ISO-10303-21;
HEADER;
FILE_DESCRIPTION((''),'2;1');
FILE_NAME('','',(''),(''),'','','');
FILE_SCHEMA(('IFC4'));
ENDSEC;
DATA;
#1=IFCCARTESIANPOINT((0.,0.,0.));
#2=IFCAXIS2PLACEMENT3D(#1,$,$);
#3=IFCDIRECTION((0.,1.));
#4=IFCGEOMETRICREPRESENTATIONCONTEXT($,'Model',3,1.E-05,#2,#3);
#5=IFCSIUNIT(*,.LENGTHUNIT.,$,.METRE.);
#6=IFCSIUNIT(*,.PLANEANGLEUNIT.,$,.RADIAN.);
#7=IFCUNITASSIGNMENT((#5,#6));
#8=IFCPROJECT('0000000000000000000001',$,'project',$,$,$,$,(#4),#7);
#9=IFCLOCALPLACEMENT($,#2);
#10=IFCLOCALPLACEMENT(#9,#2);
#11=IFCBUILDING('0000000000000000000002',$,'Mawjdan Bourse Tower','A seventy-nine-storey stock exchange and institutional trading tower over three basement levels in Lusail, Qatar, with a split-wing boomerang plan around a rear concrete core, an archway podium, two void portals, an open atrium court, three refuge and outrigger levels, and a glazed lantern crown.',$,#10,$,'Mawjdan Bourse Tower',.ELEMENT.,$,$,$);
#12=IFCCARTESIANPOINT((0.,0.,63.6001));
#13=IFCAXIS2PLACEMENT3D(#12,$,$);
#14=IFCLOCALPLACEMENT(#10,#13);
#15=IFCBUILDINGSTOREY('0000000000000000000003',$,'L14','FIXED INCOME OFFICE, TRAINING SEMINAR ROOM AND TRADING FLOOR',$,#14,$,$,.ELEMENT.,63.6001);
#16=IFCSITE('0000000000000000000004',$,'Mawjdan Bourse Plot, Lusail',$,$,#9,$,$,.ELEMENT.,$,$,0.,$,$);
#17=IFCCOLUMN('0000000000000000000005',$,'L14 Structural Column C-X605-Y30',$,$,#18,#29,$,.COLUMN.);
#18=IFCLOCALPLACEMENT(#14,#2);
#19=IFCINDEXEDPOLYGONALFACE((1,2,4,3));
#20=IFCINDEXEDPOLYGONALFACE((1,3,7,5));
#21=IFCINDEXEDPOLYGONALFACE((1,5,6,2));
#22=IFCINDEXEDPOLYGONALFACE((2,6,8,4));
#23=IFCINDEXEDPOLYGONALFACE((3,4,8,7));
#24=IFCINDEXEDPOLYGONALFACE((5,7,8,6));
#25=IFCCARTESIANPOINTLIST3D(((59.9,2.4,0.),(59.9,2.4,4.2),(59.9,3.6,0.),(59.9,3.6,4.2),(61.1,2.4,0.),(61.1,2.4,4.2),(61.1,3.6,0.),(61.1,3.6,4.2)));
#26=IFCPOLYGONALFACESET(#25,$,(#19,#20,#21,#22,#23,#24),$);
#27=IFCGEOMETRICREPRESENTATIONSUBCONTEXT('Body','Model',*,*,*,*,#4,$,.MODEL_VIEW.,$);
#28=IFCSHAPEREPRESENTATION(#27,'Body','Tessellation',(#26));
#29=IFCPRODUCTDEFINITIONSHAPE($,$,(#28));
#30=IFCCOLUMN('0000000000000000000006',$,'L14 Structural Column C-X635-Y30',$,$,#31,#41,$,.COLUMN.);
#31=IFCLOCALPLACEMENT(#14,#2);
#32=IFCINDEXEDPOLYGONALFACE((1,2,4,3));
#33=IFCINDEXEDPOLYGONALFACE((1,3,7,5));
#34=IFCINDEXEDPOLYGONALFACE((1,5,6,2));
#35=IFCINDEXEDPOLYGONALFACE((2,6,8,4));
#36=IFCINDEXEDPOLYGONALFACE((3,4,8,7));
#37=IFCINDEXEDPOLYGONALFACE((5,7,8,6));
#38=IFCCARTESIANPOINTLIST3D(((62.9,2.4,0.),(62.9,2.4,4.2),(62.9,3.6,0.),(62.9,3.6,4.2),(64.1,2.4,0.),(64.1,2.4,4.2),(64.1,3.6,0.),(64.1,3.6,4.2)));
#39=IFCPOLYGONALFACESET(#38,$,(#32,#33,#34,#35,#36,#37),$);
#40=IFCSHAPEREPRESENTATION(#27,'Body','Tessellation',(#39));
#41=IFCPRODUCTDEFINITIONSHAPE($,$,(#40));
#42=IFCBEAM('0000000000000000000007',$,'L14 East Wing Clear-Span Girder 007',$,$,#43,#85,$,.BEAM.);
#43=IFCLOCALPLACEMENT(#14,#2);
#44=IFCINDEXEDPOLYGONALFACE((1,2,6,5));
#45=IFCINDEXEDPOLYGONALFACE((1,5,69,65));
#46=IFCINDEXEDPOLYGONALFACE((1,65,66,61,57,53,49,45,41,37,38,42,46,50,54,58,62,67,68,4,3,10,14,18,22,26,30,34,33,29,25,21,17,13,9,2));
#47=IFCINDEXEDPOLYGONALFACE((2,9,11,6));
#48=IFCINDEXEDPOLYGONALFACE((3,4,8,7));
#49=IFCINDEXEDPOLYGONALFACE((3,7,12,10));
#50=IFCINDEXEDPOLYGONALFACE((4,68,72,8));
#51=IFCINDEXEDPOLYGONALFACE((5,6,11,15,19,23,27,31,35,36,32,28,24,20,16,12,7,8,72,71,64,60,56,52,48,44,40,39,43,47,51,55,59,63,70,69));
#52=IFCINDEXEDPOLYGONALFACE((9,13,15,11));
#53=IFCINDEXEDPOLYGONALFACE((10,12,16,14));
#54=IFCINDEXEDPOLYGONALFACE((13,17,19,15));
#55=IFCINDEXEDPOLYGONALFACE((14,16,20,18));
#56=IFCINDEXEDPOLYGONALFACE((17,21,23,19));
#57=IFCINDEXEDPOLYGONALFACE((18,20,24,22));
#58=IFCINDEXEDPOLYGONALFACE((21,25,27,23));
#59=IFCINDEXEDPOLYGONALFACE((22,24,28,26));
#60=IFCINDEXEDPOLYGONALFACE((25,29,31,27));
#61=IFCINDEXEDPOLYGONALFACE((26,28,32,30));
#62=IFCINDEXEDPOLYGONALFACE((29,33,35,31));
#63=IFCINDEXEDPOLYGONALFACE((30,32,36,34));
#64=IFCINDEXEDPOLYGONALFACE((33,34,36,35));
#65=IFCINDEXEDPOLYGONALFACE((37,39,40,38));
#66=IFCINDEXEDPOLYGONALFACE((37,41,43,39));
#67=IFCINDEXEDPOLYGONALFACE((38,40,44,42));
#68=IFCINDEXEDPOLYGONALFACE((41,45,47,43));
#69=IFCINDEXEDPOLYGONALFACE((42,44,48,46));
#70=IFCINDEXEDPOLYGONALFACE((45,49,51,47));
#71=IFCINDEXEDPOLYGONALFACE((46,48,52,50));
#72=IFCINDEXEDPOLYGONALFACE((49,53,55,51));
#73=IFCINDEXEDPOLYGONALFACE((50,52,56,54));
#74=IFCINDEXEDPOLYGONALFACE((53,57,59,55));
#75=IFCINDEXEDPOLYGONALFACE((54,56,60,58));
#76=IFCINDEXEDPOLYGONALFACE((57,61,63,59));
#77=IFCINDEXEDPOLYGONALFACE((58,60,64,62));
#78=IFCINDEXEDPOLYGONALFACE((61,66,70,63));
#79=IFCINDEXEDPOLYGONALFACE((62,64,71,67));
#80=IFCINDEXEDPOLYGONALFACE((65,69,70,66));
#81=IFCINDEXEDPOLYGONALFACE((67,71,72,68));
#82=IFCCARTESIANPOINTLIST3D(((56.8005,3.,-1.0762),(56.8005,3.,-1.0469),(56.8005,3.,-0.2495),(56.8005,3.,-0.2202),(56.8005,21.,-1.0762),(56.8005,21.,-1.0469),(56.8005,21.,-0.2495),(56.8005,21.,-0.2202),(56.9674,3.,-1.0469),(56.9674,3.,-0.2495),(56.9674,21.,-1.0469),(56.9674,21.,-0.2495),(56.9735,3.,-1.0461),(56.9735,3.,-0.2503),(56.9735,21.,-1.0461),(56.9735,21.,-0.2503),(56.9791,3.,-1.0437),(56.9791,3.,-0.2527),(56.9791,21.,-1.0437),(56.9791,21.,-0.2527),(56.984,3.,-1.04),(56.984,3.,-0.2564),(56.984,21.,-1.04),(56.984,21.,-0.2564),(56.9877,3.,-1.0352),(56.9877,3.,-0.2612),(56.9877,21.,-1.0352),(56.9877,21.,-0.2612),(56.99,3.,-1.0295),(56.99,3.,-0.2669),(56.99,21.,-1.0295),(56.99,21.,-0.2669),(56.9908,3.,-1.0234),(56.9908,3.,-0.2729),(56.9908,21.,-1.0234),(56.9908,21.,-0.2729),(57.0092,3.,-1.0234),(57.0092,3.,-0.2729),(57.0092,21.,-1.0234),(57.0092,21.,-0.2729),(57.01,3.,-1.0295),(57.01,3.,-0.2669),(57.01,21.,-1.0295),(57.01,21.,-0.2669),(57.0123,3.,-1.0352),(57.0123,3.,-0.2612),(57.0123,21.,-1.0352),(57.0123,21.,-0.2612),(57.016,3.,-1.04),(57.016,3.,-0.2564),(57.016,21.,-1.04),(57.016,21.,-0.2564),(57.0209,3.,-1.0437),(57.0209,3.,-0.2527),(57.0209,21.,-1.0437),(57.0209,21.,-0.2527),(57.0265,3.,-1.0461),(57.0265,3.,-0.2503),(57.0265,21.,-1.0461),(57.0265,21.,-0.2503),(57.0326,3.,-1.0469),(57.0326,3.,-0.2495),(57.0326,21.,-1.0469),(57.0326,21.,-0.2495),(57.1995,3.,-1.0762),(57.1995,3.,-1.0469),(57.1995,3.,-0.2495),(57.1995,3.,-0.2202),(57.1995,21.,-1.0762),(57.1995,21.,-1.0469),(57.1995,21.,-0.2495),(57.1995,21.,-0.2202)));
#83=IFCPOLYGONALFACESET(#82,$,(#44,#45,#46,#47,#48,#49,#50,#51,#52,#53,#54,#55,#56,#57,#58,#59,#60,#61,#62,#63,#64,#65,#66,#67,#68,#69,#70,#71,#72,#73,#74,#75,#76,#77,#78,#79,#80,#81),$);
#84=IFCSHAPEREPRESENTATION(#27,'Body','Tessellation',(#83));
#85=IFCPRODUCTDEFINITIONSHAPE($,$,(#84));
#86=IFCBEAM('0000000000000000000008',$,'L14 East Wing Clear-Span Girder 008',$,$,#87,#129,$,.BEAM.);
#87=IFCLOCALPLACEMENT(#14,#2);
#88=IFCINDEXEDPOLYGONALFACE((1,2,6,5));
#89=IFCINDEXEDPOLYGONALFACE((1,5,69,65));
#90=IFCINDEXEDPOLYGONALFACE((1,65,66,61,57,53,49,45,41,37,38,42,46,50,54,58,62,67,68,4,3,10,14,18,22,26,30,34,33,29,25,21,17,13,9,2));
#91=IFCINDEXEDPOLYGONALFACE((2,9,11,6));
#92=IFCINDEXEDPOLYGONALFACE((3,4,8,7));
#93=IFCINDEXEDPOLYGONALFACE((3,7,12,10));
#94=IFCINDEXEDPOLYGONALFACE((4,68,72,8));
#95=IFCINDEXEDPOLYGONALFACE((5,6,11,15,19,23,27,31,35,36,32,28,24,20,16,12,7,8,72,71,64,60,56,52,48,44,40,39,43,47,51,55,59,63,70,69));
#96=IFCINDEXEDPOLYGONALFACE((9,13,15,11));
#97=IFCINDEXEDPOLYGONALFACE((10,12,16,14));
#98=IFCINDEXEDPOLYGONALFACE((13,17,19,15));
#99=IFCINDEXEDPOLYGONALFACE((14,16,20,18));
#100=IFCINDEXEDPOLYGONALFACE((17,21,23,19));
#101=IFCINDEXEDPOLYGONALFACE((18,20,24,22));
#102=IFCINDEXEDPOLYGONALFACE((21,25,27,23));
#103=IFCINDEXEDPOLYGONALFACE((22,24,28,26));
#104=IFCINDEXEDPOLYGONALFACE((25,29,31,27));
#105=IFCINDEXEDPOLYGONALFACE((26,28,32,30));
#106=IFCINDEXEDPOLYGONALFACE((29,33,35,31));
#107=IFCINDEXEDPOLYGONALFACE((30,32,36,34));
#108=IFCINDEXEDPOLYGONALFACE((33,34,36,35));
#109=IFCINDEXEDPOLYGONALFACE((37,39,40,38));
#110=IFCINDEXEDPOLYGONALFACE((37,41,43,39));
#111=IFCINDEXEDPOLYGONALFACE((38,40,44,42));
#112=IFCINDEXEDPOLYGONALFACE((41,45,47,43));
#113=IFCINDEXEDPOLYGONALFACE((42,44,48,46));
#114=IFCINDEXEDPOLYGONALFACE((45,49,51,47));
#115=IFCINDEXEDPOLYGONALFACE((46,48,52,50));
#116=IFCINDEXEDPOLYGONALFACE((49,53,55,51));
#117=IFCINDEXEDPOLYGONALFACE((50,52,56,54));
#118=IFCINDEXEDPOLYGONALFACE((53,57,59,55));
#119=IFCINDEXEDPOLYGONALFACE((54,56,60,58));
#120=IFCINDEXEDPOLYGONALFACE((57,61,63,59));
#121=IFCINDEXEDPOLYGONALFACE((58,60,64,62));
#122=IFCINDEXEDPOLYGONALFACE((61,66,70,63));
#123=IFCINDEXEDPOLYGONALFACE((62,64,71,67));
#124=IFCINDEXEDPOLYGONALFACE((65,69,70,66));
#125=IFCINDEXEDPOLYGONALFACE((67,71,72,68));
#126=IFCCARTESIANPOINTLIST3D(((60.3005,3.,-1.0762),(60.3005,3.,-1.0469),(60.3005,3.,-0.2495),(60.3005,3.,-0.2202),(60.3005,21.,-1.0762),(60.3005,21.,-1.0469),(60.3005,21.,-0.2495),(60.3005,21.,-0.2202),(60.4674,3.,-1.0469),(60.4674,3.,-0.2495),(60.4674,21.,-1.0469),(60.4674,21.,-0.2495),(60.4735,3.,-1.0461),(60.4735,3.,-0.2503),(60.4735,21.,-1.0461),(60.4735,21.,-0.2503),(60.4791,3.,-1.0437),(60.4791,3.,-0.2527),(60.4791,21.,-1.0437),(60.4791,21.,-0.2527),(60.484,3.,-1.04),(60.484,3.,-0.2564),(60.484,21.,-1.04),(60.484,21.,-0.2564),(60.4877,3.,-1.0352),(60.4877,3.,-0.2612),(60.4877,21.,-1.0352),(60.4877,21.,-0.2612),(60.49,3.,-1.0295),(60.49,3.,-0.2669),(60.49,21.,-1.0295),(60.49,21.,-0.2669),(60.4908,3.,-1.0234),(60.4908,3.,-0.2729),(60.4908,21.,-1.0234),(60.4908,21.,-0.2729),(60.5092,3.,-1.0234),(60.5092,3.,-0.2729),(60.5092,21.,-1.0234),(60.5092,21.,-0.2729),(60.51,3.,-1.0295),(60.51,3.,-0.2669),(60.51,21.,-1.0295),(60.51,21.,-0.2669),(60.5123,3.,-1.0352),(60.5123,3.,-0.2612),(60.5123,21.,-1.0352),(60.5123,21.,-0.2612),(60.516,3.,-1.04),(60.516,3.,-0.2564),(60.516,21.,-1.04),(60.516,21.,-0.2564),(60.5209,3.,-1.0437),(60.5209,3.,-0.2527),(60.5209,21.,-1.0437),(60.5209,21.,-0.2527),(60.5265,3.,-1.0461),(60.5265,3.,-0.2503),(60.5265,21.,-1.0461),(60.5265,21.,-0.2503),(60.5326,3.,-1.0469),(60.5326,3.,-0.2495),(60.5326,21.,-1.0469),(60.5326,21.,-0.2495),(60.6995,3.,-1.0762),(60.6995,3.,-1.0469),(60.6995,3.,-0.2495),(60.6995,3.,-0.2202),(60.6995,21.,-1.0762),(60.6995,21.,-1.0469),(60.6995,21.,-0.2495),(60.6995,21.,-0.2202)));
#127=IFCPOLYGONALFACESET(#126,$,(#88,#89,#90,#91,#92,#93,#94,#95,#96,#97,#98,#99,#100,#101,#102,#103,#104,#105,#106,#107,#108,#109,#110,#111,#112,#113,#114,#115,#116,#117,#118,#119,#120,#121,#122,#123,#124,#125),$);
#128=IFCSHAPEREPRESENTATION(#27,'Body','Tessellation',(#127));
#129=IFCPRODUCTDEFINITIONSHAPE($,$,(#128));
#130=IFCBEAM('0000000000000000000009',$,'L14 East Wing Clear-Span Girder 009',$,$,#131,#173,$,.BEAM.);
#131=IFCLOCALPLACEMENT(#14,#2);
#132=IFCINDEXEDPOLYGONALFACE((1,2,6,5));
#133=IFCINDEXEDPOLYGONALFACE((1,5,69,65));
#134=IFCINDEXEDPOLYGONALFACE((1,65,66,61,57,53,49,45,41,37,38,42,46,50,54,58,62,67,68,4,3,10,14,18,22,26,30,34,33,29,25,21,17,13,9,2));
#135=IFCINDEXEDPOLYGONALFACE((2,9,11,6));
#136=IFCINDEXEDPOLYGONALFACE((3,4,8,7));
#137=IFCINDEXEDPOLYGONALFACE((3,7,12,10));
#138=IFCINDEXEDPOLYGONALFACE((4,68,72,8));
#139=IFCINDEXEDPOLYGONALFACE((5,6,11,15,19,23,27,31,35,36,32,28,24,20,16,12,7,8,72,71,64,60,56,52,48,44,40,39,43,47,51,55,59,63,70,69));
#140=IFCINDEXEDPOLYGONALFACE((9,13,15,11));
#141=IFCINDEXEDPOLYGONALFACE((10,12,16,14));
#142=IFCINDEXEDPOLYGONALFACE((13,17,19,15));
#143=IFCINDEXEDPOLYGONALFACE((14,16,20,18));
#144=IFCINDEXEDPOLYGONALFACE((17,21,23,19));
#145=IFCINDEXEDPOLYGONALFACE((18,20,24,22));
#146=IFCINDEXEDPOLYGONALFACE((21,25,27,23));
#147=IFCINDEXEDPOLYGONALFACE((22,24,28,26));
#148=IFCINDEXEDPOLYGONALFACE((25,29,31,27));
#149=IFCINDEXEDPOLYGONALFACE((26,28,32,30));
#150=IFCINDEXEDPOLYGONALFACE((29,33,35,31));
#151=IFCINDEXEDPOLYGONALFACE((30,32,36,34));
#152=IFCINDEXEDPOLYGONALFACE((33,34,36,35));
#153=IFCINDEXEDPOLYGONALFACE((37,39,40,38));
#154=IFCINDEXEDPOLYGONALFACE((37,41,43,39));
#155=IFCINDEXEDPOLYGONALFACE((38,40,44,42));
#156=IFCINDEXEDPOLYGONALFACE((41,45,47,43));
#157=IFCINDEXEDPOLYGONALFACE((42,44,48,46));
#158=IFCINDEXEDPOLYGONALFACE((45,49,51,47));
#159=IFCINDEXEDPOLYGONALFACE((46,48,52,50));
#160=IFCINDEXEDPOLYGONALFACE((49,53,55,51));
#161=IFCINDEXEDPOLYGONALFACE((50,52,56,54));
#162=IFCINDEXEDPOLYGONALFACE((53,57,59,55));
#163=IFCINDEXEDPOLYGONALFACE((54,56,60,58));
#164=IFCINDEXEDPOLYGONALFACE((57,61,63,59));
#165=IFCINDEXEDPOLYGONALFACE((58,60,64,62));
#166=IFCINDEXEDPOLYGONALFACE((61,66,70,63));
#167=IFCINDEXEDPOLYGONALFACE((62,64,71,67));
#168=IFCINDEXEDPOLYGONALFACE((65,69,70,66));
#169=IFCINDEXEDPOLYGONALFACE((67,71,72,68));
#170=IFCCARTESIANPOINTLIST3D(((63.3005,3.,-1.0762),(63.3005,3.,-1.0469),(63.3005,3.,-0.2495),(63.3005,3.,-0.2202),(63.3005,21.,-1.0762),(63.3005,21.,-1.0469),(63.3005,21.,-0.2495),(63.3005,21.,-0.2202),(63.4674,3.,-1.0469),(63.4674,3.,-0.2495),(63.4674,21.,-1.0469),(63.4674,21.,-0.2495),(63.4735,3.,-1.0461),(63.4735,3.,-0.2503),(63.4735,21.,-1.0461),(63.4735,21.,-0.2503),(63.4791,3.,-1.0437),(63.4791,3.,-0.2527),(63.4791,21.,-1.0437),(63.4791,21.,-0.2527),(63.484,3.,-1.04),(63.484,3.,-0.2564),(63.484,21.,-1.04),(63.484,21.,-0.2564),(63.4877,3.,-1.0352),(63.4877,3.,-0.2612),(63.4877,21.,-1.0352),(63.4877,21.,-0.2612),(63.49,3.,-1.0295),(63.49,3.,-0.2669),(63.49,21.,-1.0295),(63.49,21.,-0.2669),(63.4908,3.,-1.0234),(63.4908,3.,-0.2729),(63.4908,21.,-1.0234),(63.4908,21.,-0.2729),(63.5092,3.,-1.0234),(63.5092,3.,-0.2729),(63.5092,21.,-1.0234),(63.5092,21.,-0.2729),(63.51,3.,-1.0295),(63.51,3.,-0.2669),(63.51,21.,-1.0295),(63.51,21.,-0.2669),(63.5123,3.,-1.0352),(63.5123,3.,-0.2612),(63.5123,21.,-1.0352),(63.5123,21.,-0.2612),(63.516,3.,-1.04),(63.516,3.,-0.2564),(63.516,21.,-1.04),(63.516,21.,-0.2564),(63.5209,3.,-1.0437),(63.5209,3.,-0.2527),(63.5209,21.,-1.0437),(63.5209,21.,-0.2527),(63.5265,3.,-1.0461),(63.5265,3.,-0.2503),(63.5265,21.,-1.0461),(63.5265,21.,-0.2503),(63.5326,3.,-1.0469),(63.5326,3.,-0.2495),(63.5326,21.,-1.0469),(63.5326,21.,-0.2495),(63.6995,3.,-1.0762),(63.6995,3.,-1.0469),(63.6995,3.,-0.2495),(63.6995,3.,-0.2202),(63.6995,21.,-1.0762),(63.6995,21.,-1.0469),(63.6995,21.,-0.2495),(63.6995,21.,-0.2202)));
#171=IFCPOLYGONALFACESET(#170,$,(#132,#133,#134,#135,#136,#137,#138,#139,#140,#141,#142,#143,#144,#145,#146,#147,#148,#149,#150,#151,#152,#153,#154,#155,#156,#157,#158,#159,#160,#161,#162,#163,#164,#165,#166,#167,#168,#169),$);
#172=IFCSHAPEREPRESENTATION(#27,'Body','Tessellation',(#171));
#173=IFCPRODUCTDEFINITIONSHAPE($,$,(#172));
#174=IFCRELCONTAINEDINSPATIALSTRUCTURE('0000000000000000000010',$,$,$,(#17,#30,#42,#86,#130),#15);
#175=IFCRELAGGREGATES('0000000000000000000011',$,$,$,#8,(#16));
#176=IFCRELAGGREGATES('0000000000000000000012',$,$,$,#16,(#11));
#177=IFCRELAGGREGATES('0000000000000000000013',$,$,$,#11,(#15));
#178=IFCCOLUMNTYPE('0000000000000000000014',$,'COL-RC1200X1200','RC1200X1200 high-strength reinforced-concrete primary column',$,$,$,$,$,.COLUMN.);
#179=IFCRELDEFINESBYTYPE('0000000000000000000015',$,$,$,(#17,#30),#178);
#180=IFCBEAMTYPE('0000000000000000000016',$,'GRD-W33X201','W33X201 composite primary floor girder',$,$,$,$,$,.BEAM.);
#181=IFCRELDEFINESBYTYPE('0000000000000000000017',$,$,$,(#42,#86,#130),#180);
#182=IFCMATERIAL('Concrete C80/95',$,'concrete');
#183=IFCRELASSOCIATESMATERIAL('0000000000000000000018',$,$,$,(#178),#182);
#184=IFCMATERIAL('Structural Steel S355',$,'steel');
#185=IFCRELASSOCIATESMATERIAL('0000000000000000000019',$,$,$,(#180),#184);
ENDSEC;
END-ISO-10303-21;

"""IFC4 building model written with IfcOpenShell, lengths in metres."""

from ifc_helpers import new_model, si_unit, direction, frame, origin, origin_2d, place, context, subcontext, project, spatial, rectangle, i_section, extrude, material, material_profile, profile_set, type_object, element, save


model = new_model("IFC4")

# Units and contexts
model_context = context("Model", 3, precision=1e-05, world=origin(), true_north=direction((0.0, 1.0)))
body_context = subcontext(model_context, "Body", "Model", "MODEL_VIEW")
ifc_project = project(units=[si_unit("LENGTHUNIT", "METRE"), si_unit("PLANEANGLEUNIT", "RADIAN")], contexts=[model_context])

# Site, building, storey
site_placement = place(None, origin())
site = spatial("IfcSite", under=ifc_project, at=site_placement, Name="Mawjdan Bourse Plot, Lusail", CompositionType="ELEMENT", RefElevation=0.0)
building_placement = place(site_placement, origin())
building = spatial("IfcBuilding", under=site, at=building_placement, Name="Mawjdan Bourse Tower", Description="A seventy-nine-storey stock exchange and institutional trading tower over three basement levels in Lusail, Qatar, with a split-wing boomerang plan around a rear concrete core, an archway podium, two void portals, an open atrium court, three refuge and outrigger levels, and a glazed lantern crown.", LongName="Mawjdan Bourse Tower", CompositionType="ELEMENT")
storey_placement = place(building_placement, frame((0.0, 0.0, 63.6001)))
storey = spatial("IfcBuildingStorey", under=building, at=storey_placement, Name="L14", Description="FIXED INCOME OFFICE, TRAINING SEMINAR ROOM AND TRADING FLOOR", CompositionType="ELEMENT", Elevation=63.6001)

# Columns
ifc_material_1 = material(Name="Concrete C80/95", Category="concrete")
ifc_material_profile_1 = material_profile(ifc_material_1, rectangle(XDim=1.2, YDim=1.2, at=origin_2d()), Name="RC1200X1200")
ifc_profile_set_1 = profile_set([ifc_material_profile_1], Name="Concrete C80/95")
column_type = type_object("IfcColumnType", Name="COL-RC1200X1200", Description="RC1200X1200 high-strength reinforced-concrete primary column", PredefinedType="COLUMN", material=ifc_profile_set_1)
for number, where, z_axis, x_axis, name in (
    (1, (60.5, 3.0, 0.0), (0.0, 0.0, 1.0), (1.0, 0.0, 0.0), "L14 Structural Column C-X605-Y30"),
    (2, (63.5, 3.0, 0.0), (0.0, 0.0, 1.0), (1.0, 0.0, 0.0), "L14 Structural Column C-X635-Y30"),
):
    element("IfcColumn", number, at=place(storey_placement, frame(where, z_axis=z_axis, x_axis=x_axis)), inside=storey, type_object=column_type, Name=name, PredefinedType="COLUMN", context=body_context, shape_type="SweptSolid", body=[
        extrude(rectangle(XDim=1.2, YDim=1.2, at=origin_2d()), origin(), (0.0, 0.0, 1.0), 4.2),
    ])

# Beams
ifc_material_2 = material(Name="Structural Steel S355", Category="steel")
ifc_material_profile_2 = material_profile(ifc_material_2, i_section(OverallWidth=0.3989, OverallDepth=0.856, WebThickness=0.0183, FlangeThickness=0.0293, FilletRadius=0.0234, at=origin_2d()), Name="W33X201")
ifc_profile_set_2 = profile_set([ifc_material_profile_2], Name="Structural Steel S355")
beam_type_1 = type_object("IfcBeamType", Name="GRD-W33X201", Description="W33X201 composite primary floor girder", PredefinedType="BEAM", material=ifc_profile_set_2)
for number, where, z_axis, x_axis, name in (
    (3, (57.0, 3.0, -0.6482), (0.0, 1.0, 0.0), (-1.0, 0.0, 0.0), "L14 East Wing Clear-Span Girder 007"),
    (4, (60.5, 3.0, -0.6482), (0.0, 1.0, 0.0), (-1.0, 0.0, 0.0), "L14 East Wing Clear-Span Girder 008"),
    (5, (63.5, 3.0, -0.6482), (0.0, 1.0, 0.0), (-1.0, 0.0, 0.0), "L14 East Wing Clear-Span Girder 009"),
):
    element("IfcBeam", number, at=place(storey_placement, frame(where, z_axis=z_axis, x_axis=x_axis)), inside=storey, type_object=beam_type_1, Name=name, PredefinedType="BEAM", context=body_context, shape_type="SweptSolid", body=[
        extrude(i_section(OverallWidth=0.3989, OverallDepth=0.856, WebThickness=0.0183, FlangeThickness=0.0293, FilletRadius=0.0234, at=origin_2d()), origin(), (0.0, 0.0, 1.0), 18.0),
    ])

save(model, "model.ifc")
